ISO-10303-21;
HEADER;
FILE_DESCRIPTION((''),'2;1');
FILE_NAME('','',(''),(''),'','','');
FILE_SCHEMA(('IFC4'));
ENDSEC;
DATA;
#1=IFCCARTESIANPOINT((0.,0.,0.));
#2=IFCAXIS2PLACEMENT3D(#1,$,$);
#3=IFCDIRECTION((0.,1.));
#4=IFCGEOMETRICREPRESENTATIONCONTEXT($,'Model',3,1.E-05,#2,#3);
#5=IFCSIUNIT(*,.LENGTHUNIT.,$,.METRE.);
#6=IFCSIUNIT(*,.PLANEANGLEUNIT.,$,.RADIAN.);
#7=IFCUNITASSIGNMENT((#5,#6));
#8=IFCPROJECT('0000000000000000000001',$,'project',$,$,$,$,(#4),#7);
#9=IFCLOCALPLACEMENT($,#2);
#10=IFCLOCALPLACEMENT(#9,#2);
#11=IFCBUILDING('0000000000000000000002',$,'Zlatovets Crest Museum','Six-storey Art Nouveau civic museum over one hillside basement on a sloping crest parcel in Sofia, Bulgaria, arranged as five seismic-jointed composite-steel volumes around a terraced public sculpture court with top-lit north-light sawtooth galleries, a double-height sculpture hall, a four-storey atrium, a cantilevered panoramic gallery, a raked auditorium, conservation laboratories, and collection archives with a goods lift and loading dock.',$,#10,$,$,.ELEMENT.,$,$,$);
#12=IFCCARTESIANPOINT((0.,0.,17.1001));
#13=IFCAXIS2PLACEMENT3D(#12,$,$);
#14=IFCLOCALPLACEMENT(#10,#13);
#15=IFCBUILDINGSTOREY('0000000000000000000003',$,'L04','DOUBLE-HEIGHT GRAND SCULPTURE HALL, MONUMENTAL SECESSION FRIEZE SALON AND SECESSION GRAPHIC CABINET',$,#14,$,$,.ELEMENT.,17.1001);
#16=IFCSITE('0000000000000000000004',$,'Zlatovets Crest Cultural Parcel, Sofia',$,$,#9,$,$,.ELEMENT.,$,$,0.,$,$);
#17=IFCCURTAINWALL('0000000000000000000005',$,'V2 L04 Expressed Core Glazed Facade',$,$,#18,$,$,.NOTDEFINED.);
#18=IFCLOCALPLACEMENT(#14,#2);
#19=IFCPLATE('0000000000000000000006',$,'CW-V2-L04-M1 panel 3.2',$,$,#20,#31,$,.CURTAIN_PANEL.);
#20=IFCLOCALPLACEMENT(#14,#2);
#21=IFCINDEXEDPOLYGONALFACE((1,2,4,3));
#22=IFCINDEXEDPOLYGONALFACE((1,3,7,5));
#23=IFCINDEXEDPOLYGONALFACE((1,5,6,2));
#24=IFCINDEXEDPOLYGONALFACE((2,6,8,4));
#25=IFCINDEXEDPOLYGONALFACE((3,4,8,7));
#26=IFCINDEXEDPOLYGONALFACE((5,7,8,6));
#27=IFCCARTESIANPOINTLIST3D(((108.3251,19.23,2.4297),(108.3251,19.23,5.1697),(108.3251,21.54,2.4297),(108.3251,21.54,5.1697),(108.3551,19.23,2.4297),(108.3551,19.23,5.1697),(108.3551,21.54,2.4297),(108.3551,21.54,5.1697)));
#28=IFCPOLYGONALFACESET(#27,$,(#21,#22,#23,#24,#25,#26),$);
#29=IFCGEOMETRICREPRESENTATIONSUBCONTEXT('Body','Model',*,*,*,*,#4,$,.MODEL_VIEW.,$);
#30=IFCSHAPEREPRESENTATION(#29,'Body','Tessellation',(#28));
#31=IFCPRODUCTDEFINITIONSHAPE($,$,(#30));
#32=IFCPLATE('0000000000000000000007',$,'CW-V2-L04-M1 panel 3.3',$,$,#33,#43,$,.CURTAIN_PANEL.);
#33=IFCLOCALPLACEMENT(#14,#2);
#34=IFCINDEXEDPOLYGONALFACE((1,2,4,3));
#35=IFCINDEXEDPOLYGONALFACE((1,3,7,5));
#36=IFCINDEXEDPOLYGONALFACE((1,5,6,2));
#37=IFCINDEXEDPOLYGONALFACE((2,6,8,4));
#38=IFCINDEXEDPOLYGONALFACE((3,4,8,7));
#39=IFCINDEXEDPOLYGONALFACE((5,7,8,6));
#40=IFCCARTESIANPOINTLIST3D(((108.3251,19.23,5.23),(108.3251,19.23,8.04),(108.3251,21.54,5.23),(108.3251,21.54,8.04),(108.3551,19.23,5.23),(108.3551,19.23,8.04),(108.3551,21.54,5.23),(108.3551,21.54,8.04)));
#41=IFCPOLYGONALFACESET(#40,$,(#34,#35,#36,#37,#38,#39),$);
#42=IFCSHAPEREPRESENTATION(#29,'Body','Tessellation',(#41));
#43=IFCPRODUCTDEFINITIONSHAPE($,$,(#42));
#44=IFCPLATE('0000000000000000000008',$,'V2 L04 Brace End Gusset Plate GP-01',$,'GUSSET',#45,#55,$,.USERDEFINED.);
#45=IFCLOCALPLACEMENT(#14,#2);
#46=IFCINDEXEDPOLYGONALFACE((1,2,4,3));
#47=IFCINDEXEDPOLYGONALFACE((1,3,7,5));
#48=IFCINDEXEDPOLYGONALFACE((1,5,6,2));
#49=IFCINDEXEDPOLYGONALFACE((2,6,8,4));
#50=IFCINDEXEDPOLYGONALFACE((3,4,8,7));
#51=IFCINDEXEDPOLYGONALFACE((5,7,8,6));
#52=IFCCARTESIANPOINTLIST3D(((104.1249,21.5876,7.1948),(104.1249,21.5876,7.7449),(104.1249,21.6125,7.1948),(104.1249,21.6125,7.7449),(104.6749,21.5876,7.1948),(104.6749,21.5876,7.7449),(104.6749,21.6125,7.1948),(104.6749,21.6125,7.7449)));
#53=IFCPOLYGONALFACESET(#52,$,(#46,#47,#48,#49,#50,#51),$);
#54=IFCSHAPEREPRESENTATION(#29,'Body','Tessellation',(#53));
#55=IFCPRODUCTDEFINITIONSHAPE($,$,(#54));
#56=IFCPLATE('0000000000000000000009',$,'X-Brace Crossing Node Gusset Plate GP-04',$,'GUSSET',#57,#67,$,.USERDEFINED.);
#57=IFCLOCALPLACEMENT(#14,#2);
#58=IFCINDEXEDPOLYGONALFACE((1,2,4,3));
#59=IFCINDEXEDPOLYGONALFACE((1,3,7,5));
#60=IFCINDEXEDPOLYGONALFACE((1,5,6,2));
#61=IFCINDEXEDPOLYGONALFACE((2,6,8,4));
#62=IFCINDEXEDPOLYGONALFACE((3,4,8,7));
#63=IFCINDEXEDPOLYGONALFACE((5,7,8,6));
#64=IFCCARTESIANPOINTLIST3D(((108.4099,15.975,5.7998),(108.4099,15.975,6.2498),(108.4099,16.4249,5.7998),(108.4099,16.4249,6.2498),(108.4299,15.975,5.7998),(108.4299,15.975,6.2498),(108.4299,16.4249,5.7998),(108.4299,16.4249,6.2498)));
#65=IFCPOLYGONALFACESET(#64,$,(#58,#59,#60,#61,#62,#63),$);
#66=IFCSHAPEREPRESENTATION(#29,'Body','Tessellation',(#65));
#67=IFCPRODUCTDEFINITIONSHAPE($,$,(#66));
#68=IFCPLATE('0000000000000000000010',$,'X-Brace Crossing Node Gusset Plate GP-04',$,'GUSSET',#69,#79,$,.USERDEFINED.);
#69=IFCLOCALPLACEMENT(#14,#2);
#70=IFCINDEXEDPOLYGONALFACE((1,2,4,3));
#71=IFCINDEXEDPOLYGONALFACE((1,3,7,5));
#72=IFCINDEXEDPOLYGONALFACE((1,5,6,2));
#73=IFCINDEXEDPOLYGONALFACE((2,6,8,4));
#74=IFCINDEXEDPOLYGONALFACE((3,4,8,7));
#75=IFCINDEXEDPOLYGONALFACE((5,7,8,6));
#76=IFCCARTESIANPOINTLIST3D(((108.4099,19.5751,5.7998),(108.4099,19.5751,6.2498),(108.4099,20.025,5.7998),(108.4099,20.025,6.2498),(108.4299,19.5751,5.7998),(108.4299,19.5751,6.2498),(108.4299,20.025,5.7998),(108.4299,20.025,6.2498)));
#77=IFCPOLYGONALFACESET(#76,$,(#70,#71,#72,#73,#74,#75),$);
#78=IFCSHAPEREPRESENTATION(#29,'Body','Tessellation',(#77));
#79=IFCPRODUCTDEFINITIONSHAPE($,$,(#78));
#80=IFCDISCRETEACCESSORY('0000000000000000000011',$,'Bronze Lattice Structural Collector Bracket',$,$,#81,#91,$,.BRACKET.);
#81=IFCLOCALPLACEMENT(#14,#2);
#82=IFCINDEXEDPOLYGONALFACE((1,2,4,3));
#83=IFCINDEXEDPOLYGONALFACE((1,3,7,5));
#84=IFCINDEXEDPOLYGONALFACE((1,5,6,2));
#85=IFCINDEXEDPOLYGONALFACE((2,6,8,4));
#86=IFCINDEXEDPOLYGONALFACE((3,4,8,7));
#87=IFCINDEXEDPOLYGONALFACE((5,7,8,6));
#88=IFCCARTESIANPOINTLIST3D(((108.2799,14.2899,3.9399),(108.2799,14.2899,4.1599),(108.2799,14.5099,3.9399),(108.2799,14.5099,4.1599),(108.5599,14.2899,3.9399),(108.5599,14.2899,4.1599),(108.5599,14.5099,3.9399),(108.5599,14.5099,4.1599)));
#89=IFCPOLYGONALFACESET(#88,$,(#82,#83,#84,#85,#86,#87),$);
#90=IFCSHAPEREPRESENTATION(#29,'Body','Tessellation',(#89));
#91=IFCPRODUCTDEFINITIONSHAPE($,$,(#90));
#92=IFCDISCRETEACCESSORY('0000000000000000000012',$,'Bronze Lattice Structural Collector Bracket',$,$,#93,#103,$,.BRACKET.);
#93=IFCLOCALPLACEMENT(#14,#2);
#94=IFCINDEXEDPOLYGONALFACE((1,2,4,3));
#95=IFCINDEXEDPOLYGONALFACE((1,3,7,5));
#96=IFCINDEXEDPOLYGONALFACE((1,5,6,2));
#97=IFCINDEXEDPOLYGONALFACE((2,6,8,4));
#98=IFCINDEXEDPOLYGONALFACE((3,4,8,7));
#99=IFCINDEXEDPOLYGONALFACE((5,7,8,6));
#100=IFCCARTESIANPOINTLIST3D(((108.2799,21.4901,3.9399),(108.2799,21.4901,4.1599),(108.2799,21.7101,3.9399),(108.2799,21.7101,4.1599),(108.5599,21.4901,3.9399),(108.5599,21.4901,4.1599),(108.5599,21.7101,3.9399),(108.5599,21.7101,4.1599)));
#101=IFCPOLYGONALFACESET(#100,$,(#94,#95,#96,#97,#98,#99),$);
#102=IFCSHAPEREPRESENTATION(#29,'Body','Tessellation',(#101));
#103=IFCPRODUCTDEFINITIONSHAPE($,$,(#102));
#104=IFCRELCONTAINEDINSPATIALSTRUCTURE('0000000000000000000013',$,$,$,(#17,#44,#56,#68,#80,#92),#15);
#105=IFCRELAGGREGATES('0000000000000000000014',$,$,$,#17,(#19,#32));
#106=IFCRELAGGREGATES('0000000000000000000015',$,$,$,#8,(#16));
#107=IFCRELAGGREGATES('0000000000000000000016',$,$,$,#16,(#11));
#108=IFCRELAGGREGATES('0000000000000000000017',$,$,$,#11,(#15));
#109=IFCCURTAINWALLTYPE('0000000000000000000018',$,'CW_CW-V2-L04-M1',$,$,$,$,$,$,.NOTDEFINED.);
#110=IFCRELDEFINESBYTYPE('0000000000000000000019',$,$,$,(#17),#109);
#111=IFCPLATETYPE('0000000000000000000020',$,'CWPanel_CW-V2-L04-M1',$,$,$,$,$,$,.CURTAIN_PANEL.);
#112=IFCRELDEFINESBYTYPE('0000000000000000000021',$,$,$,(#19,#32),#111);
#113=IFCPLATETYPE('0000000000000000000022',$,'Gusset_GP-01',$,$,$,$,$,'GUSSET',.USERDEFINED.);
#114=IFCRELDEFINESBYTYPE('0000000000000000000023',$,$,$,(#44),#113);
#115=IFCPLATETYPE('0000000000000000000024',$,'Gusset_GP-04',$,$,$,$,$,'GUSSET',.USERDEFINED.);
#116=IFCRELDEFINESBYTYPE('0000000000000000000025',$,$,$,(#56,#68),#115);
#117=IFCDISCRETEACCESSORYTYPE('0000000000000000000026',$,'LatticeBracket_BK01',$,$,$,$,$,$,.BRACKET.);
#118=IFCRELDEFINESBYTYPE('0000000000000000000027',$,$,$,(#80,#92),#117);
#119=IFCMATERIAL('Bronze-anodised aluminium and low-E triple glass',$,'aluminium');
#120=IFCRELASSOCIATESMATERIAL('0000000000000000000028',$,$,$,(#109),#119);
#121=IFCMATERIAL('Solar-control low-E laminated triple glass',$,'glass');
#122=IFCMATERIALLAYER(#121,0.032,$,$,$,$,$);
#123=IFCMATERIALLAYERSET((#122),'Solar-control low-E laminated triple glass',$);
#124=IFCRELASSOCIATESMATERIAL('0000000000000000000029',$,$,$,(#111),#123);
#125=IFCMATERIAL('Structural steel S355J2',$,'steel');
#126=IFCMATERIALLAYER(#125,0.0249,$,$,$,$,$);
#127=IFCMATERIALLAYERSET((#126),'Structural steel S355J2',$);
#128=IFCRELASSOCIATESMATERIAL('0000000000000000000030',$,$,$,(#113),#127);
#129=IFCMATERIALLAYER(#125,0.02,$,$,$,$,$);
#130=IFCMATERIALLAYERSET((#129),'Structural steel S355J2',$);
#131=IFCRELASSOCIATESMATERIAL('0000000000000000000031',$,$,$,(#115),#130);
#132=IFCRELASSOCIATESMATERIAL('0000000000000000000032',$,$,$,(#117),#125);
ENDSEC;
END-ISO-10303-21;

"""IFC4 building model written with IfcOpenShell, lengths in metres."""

from ifc_helpers import new_model, si_unit, direction, frame, origin, origin_2d, place, context, subcontext, project, spatial, rectangle, extrude, material, layer, layer_set, type_object, element, aggregate, save


model = new_model("IFC4")

# Units and contexts
model_context = context("Model", 3, precision=1e-05, world=origin(), true_north=direction((0.0, 1.0)))
body_context = subcontext(model_context, "Body", "Model", "MODEL_VIEW")
ifc_project = project(units=[si_unit("LENGTHUNIT", "METRE"), si_unit("PLANEANGLEUNIT", "RADIAN")], contexts=[model_context])

# Site, building, storey
site_placement = place(None, origin())
site = spatial("IfcSite", under=ifc_project, at=site_placement, Name="Zlatovets Crest Cultural Parcel, Sofia", CompositionType="ELEMENT", RefElevation=0.0)
building_placement = place(site_placement, origin())
building = spatial("IfcBuilding", under=site, at=building_placement, Name="Zlatovets Crest Museum", Description="Six-storey Art Nouveau civic museum over one hillside basement on a sloping crest parcel in Sofia, Bulgaria, arranged as five seismic-jointed composite-steel volumes around a terraced public sculpture court with top-lit north-light sawtooth galleries, a double-height sculpture hall, a four-storey atrium, a cantilevered panoramic gallery, a raked auditorium, conservation laboratories, and collection archives with a goods lift and loading dock.", CompositionType="ELEMENT")
storey_placement = place(building_placement, frame((0.0, 0.0, 17.1001)))
storey = spatial("IfcBuildingStorey", under=building, at=storey_placement, Name="L04", Description="DOUBLE-HEIGHT GRAND SCULPTURE HALL, MONUMENTAL SECESSION FRIEZE SALON AND SECESSION GRAPHIC CABINET", CompositionType="ELEMENT", Elevation=17.1001)

# Shared definitions
ifc_material_1 = material(Name="Structural steel S355J2", Category="steel")

# Curtain wall
ifc_material_2 = material(Name="Bronze-anodised aluminium and low-E triple glass", Category="aluminium")
curtain_wall_type = type_object("IfcCurtainWallType", Name="CW_CW-V2-L04-M1", PredefinedType="NOTDEFINED", material=ifc_material_2)
curtain_wall_placement = place(storey_placement, origin())
curtain_wall = element("IfcCurtainWall", 1, at=curtain_wall_placement, inside=storey, type_object=curtain_wall_type, Name="V2 L04 Expressed Core Glazed Facade", PredefinedType="NOTDEFINED")

# Plates
ifc_material_3 = material(Name="Solar-control low-E laminated triple glass", Category="glass")
ifc_layer_1 = layer(ifc_material_3, 0.032)
ifc_layer_set_1 = layer_set([ifc_layer_1], Name="Solar-control low-E laminated triple glass")
plate_type_1 = type_object("IfcPlateType", Name="CWPanel_CW-V2-L04-M1", PredefinedType="CURTAIN_PANEL", material=ifc_layer_set_1)
plate_1_placement = place(storey_placement, frame((108.3401, 20.385, 2.4297), z_axis=(0.0, 0.0, 1.0), x_axis=(0.0, 1.0, 0.0)))
plate_1 = element("IfcPlate", 2, at=plate_1_placement, type_object=plate_type_1, Name="CW-V2-L04-M1 panel 3.2", PredefinedType="CURTAIN_PANEL", context=body_context, shape_type="SweptSolid", body=[
    extrude(rectangle(XDim=2.3101, YDim=0.03, at=origin_2d()), origin(), (0.0, 0.0, 1.0), 2.74),
])
plate_2_placement = place(storey_placement, frame((108.3401, 20.385, 5.23), z_axis=(0.0, 0.0, 1.0), x_axis=(0.0, 1.0, 0.0)))
plate_2 = element("IfcPlate", 3, at=plate_2_placement, type_object=plate_type_1, Name="CW-V2-L04-M1 panel 3.3", PredefinedType="CURTAIN_PANEL", context=body_context, shape_type="SweptSolid", body=[
    extrude(rectangle(XDim=2.3101, YDim=0.03, at=origin_2d()), origin(), (0.0, 0.0, 1.0), 2.8101),
])
aggregate(curtain_wall, [plate_1, plate_2])

# Plates
ifc_layer_2 = layer(ifc_material_1, 0.0249)
ifc_layer_set_2 = layer_set([ifc_layer_2], Name="Structural steel S355J2")
plate_type_2 = type_object("IfcPlateType", Name="Gusset_GP-01", ElementType="GUSSET", PredefinedType="USERDEFINED", material=ifc_layer_set_2)
plate_3_placement = place(storey_placement, frame((104.3999, 21.6001, 7.1948), z_axis=(0.0, 0.0, 1.0), x_axis=(1.0, 0.0, 0.0)))
element("IfcPlate", 4, at=plate_3_placement, inside=storey, type_object=plate_type_2, Name="V2 L04 Brace End Gusset Plate GP-01", ObjectType="GUSSET", PredefinedType="USERDEFINED", context=body_context, shape_type="SweptSolid", body=[
    extrude(rectangle(XDim=0.55, YDim=0.0249, at=origin_2d()), origin(), (0.0, 0.0, 1.0), 0.55),
])
ifc_layer_3 = layer(ifc_material_1, 0.02)
ifc_layer_set_3 = layer_set([ifc_layer_3], Name="Structural steel S355J2")
plate_type_3 = type_object("IfcPlateType", Name="Gusset_GP-04", ElementType="GUSSET", PredefinedType="USERDEFINED", material=ifc_layer_set_3)
for number, where, z_axis, x_axis, name in (
    (5, (108.4199, 16.2, 5.7998), (0.0, 0.0, 1.0), (1.0, 0.0, 0.0), "X-Brace Crossing Node Gusset Plate GP-04"),
    (6, (108.4199, 19.8, 5.7998), (0.0, 0.0, 1.0), (1.0, 0.0, 0.0), "X-Brace Crossing Node Gusset Plate GP-04"),
):
    element("IfcPlate", number, at=place(storey_placement, frame(where, z_axis=z_axis, x_axis=x_axis)), inside=storey, type_object=plate_type_3, Name=name, ObjectType="GUSSET", PredefinedType="USERDEFINED", context=body_context, shape_type="SweptSolid", body=[
        extrude(rectangle(XDim=0.02, YDim=0.45, at=origin_2d()), origin(), (0.0, 0.0, 1.0), 0.45),
    ])

# Discrete accessories
discrete_accessory_type = type_object("IfcDiscreteAccessoryType", Name="LatticeBracket_BK01", PredefinedType="BRACKET", material=ifc_material_1)
for number, where, z_axis, x_axis, name in (
    (7, (108.4199, 14.3999, 3.9399), (0.0, 0.0, 1.0), (1.0, 0.0, 0.0), "Bronze Lattice Structural Collector Bracket"),
    (8, (108.4199, 21.6001, 3.9399), (0.0, 0.0, 1.0), (1.0, 0.0, 0.0), "Bronze Lattice Structural Collector Bracket"),
):
    element("IfcDiscreteAccessory", number, at=place(storey_placement, frame(where, z_axis=z_axis, x_axis=x_axis)), inside=storey, type_object=discrete_accessory_type, Name=name, PredefinedType="BRACKET", context=body_context, shape_type="SweptSolid", body=[
        extrude(rectangle(XDim=0.28, YDim=0.22, at=origin_2d()), origin(), (0.0, 0.0, 1.0), 0.22),
    ])

save(model, "model.ifc")
